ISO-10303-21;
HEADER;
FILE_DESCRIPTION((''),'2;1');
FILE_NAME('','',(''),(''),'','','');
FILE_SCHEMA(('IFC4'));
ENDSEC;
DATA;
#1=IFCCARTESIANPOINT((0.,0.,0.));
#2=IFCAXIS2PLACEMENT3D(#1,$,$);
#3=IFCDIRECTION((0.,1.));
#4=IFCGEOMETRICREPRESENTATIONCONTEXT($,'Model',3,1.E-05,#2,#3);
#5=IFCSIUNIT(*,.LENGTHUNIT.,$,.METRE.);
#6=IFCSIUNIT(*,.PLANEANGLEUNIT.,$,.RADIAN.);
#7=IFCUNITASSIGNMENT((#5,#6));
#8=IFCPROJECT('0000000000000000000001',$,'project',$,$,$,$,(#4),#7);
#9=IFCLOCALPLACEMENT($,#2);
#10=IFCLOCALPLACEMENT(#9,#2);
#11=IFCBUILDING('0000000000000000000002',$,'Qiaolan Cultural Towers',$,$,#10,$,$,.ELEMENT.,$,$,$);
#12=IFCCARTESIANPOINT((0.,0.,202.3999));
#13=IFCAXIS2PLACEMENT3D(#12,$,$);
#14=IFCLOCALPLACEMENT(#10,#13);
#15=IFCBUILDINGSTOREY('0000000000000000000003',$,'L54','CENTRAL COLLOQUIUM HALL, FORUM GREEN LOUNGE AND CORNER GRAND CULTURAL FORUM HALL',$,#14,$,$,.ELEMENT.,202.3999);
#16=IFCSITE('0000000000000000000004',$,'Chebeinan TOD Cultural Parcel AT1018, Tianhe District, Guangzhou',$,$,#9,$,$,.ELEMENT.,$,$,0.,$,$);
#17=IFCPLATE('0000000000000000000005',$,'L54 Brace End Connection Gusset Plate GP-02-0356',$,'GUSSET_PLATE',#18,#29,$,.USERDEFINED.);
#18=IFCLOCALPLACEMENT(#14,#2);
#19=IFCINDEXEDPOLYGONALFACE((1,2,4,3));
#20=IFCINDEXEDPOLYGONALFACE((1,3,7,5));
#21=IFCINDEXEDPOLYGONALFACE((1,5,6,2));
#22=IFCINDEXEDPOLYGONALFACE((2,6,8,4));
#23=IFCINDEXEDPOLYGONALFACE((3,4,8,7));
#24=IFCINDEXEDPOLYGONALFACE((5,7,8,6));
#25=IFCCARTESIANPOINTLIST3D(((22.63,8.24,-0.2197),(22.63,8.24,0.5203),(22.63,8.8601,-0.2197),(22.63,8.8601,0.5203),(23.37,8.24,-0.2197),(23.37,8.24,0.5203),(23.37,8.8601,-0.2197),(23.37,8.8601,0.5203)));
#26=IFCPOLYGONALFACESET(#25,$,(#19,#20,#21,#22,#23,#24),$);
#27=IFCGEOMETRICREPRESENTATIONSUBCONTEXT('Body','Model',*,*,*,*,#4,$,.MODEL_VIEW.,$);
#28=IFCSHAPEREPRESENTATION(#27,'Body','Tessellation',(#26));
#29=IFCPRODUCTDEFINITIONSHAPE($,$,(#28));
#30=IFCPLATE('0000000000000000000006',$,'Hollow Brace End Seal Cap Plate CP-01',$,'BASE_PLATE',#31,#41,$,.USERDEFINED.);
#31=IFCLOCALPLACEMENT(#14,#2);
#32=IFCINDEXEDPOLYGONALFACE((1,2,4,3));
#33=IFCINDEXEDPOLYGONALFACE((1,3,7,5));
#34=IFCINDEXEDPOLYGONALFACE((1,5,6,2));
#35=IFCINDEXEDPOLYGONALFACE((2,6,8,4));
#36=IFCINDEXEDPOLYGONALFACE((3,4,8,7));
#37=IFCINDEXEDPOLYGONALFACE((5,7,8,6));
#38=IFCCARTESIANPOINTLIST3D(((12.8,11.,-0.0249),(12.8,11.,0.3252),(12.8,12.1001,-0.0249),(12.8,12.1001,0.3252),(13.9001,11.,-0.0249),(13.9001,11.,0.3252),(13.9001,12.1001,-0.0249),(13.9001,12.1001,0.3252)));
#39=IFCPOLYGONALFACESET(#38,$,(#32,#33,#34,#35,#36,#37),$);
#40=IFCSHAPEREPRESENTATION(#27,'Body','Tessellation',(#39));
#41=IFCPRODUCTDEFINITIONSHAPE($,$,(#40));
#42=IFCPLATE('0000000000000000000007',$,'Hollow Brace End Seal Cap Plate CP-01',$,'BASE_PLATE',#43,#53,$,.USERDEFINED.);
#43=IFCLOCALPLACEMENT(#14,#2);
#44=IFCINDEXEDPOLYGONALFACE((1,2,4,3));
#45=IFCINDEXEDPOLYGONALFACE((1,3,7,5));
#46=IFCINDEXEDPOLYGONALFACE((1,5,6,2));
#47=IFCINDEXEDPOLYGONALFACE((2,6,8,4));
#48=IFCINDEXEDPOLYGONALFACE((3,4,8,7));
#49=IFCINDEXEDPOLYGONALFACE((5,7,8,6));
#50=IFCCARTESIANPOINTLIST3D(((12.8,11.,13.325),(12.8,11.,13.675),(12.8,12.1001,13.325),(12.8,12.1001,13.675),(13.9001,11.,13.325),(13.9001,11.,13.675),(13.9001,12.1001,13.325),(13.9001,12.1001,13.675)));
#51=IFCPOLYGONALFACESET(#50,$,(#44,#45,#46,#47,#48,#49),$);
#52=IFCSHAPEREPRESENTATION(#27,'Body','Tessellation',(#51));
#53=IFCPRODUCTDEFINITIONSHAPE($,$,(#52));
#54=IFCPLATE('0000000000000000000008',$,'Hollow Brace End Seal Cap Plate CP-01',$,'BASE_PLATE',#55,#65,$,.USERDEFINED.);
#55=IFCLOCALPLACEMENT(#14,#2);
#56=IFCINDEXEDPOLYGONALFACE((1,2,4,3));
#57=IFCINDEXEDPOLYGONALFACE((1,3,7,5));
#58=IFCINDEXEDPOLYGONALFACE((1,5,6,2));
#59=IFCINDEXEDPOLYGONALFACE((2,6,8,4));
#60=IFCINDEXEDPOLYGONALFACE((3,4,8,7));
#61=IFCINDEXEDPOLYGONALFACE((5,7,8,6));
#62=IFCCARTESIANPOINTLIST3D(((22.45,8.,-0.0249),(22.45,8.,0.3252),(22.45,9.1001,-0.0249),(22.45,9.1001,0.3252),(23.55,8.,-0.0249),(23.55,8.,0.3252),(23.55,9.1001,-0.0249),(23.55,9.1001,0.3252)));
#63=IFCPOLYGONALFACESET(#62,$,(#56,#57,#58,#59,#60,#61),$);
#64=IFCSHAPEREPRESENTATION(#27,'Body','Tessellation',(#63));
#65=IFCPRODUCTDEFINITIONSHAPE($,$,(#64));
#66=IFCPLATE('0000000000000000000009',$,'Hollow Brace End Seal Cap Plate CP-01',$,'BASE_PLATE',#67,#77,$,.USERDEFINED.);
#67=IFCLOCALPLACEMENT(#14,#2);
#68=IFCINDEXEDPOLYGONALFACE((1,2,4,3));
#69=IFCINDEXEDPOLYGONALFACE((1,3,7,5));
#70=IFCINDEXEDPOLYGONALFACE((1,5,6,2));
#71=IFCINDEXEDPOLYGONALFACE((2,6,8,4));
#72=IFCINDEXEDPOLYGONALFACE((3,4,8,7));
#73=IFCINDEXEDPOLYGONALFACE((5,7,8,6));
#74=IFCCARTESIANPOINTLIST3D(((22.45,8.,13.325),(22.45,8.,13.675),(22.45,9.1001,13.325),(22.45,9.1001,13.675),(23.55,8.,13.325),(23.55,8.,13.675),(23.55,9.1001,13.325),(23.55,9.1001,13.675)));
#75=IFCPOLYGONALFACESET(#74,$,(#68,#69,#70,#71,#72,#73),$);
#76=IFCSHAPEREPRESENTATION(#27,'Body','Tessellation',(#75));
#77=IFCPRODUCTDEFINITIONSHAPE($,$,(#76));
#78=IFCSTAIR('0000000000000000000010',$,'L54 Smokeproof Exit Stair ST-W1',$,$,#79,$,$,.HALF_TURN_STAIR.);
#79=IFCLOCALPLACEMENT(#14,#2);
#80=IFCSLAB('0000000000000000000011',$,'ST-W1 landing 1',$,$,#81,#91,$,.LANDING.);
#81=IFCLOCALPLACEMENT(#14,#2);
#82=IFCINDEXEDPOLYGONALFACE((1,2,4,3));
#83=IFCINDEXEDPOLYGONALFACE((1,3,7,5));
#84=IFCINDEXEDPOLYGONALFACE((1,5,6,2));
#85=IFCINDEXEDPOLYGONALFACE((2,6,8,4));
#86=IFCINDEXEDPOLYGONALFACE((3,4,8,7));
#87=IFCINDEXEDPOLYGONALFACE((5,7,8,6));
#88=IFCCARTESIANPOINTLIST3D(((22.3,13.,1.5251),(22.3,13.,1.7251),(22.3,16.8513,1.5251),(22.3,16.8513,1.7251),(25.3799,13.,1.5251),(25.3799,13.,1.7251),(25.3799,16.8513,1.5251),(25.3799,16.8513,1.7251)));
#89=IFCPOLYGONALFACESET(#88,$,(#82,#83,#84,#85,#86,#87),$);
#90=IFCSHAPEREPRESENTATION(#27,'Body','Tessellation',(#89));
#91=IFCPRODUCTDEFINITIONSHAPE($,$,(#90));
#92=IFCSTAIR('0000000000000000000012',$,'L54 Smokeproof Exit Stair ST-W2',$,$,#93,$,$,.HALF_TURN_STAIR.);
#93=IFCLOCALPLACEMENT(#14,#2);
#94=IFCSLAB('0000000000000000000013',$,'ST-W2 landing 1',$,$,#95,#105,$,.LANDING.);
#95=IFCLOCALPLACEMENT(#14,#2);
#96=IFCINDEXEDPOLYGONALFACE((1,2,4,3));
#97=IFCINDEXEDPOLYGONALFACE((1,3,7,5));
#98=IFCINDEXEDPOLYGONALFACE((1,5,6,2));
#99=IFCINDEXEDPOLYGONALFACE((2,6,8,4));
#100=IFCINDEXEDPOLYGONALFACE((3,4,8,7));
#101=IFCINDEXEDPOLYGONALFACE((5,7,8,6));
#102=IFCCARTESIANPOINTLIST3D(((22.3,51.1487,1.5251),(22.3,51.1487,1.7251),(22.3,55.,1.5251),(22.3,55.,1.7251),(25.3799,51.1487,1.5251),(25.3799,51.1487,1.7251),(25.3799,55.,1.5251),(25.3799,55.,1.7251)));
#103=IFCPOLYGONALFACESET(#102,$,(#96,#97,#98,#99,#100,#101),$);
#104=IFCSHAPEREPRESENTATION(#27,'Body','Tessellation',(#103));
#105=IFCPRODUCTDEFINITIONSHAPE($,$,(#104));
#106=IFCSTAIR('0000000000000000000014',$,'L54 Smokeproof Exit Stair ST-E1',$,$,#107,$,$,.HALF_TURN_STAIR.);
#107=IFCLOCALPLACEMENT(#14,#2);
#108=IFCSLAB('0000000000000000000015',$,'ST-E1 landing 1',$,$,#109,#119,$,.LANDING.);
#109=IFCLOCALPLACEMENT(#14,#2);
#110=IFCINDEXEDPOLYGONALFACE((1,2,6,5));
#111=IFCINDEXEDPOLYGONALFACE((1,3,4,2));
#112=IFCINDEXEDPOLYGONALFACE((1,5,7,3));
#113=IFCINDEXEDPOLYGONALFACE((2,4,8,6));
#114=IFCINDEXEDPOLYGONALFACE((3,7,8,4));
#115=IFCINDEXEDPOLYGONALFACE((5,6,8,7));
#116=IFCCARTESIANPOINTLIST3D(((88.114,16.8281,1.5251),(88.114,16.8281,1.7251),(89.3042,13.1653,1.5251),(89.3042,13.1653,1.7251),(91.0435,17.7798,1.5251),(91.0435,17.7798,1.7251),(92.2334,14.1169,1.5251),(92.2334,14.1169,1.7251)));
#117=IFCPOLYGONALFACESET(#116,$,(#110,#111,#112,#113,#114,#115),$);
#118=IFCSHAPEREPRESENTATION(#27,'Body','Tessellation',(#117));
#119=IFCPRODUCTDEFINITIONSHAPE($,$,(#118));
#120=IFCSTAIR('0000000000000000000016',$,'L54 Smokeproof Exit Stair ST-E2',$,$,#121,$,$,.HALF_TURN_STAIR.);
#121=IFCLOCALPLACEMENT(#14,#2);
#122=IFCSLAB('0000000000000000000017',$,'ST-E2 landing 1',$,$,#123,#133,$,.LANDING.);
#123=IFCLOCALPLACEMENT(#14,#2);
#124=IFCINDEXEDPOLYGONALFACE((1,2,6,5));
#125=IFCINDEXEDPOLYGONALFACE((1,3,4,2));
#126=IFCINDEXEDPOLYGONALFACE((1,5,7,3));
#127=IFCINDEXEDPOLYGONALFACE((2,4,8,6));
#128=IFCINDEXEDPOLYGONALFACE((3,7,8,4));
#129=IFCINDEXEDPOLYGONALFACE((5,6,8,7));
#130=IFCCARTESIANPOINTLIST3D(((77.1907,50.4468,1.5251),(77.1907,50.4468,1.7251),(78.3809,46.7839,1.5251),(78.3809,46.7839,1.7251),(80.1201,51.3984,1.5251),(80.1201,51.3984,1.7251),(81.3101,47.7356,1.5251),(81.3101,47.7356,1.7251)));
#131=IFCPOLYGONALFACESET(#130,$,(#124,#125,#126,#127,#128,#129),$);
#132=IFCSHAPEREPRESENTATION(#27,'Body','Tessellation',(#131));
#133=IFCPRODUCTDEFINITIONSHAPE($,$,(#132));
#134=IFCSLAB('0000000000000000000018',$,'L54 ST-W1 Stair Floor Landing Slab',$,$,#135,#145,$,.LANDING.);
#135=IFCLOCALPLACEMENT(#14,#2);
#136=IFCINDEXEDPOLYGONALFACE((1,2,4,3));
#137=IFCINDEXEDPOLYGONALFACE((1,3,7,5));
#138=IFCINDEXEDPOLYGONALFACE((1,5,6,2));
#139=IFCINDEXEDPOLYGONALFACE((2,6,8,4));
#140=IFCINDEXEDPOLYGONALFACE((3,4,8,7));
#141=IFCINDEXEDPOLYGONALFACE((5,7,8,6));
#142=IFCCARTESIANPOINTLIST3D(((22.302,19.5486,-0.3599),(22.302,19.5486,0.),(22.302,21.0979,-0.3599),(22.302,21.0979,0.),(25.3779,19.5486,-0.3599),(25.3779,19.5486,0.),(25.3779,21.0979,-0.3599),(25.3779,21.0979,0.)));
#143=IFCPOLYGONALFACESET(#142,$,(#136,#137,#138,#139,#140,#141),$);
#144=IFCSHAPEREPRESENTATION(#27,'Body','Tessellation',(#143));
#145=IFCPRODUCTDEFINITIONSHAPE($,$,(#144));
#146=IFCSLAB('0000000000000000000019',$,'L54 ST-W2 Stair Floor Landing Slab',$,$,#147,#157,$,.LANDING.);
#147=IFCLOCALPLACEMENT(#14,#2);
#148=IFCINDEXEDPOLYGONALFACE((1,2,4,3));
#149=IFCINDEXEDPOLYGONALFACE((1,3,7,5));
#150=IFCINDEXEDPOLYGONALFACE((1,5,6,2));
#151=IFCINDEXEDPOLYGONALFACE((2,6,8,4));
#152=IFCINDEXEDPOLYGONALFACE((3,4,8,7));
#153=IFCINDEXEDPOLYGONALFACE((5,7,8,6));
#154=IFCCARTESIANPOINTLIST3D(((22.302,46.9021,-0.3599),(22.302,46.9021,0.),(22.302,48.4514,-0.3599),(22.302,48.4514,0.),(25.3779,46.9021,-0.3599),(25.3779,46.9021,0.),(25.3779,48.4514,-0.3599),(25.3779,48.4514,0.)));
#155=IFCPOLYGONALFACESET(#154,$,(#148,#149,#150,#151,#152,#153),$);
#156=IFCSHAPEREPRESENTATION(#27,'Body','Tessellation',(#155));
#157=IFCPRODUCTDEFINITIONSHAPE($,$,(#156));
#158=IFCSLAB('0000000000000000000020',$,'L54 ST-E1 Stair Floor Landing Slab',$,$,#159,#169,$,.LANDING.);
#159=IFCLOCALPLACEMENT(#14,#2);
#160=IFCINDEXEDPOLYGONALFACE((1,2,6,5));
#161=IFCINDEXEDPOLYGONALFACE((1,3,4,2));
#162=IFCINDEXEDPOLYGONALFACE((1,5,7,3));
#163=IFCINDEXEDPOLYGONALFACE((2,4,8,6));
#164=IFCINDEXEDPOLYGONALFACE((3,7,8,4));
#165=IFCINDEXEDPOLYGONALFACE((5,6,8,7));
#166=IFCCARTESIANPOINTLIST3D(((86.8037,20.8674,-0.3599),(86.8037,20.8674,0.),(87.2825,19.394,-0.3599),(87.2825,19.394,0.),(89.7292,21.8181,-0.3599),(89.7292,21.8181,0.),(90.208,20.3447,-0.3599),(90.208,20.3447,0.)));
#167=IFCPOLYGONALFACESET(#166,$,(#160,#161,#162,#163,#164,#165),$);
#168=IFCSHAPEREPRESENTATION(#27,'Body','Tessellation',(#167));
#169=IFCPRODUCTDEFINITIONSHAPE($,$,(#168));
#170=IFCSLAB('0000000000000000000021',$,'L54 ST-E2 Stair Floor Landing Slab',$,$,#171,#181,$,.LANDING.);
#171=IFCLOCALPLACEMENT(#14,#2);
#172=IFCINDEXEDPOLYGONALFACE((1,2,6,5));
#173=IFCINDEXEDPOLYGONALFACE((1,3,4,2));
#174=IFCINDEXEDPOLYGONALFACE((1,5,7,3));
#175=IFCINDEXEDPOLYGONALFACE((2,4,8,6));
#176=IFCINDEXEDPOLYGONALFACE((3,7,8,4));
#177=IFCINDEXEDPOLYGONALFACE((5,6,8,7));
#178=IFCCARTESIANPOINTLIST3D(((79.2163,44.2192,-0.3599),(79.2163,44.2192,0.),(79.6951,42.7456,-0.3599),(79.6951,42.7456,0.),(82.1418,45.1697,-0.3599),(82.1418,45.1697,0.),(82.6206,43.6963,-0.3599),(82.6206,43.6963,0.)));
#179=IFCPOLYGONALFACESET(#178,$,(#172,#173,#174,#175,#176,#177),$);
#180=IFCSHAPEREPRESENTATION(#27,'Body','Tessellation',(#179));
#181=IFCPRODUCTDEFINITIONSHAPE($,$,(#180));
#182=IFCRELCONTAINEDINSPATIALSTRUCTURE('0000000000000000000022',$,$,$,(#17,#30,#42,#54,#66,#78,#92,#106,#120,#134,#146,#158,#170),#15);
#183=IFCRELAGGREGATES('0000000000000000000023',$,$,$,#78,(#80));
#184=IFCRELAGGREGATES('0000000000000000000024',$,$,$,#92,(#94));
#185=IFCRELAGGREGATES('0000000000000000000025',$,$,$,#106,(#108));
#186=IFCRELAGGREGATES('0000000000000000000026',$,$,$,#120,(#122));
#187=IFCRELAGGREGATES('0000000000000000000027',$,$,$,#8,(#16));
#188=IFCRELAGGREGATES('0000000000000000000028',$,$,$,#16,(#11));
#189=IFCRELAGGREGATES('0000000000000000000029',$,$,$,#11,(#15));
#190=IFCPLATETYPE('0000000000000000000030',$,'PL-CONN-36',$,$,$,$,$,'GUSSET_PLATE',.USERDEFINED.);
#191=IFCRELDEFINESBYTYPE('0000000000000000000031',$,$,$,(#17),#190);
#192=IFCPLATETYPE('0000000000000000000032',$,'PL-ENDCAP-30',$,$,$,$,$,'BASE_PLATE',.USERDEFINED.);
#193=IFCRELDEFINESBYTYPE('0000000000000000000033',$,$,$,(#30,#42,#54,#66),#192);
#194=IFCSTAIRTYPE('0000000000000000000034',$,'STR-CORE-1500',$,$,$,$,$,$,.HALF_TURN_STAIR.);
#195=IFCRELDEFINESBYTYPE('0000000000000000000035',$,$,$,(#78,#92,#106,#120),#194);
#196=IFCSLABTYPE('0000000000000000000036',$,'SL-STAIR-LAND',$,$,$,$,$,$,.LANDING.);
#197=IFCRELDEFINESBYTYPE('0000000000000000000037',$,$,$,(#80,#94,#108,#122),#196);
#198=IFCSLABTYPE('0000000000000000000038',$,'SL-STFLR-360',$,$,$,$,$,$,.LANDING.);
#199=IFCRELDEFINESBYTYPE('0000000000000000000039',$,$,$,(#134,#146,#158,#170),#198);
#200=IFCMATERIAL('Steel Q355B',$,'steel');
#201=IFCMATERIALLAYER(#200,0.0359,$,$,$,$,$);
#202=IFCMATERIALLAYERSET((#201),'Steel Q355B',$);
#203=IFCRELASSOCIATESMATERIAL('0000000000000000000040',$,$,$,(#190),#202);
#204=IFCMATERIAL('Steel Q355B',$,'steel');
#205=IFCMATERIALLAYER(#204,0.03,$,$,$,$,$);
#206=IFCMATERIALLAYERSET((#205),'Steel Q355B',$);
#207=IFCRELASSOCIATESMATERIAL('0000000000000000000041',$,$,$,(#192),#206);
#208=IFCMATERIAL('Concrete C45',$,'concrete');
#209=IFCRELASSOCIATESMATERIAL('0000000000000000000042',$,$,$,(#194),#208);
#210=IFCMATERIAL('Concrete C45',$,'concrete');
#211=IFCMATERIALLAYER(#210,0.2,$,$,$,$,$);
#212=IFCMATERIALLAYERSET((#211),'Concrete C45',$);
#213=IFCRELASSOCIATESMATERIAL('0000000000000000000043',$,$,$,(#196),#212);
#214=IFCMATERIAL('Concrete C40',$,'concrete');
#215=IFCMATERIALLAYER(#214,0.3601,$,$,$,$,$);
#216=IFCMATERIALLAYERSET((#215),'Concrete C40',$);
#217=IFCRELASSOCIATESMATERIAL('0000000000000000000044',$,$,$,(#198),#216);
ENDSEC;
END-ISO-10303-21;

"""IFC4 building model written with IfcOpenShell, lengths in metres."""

from ifc_helpers import new_model, si_unit, direction, frame, origin, origin_2d, place, context, subcontext, project, spatial, polyline, rectangle, outline, extrude, material, layer, layer_set, type_object, element, aggregate, save


model = new_model("IFC4")

# Units and contexts
model_context = context("Model", 3, precision=1e-05, world=origin(), true_north=direction((0.0, 1.0)))
body_context = subcontext(model_context, "Body", "Model", "MODEL_VIEW")
ifc_project = project(units=[si_unit("LENGTHUNIT", "METRE"), si_unit("PLANEANGLEUNIT", "RADIAN")], contexts=[model_context])

# Site, building, storey
site_placement = place(None, origin())
site = spatial("IfcSite", under=ifc_project, at=site_placement, Name="Chebeinan TOD Cultural Parcel AT1018, Tianhe District, Guangzhou", CompositionType="ELEMENT", RefElevation=0.0)
building_placement = place(site_placement, origin())
building = spatial("IfcBuilding", under=site, at=building_placement, Name="Qiaolan Cultural Towers", CompositionType="ELEMENT")
storey_placement = place(building_placement, frame((0.0, 0.0, 202.3999)))
storey = spatial("IfcBuildingStorey", under=building, at=storey_placement, Name="L54", Description="CENTRAL COLLOQUIUM HALL, FORUM GREEN LOUNGE AND CORNER GRAND CULTURAL FORUM HALL", CompositionType="ELEMENT", Elevation=202.3999)

# Plates
ifc_material_1 = material(Name="Steel Q355B", Category="steel")
ifc_layer_1 = layer(ifc_material_1, 0.0359)
ifc_layer_set_1 = layer_set([ifc_layer_1], Name="Steel Q355B")
plate_type_1 = type_object("IfcPlateType", Name="PL-CONN-36", ElementType="GUSSET_PLATE", PredefinedType="USERDEFINED", material=ifc_layer_set_1)
plate_placement = place(storey_placement, frame((23.0, 8.55, -0.2197), z_axis=(0.0, 0.0, 1.0), x_axis=(1.0, 0.0, 0.0)))
element("IfcPlate", 1, at=plate_placement, inside=storey, type_object=plate_type_1, Name="L54 Brace End Connection Gusset Plate GP-02-0356", ObjectType="GUSSET_PLATE", PredefinedType="USERDEFINED", context=body_context, shape_type="SweptSolid", body=[
    extrude(rectangle(XDim=0.74, YDim=0.6201, at=origin_2d()), origin(), (0.0, 0.0, 1.0), 0.74),
])
ifc_material_2 = material(Name="Steel Q355B", Category="steel")
ifc_layer_2 = layer(ifc_material_2, 0.03)
ifc_layer_set_2 = layer_set([ifc_layer_2], Name="Steel Q355B")
plate_type_2 = type_object("IfcPlateType", Name="PL-ENDCAP-30", ElementType="BASE_PLATE", PredefinedType="USERDEFINED", material=ifc_layer_set_2)
for number, where, z_axis, x_axis, name in (
    (2, (13.3501, 11.55, -0.0249), (0.0, 0.0, 1.0), (0.0, 1.0, 0.0), "Hollow Brace End Seal Cap Plate CP-01"),
    (3, (13.3501, 11.55, 13.325), (0.0, 0.0, 1.0), (0.0, 1.0, 0.0), "Hollow Brace End Seal Cap Plate CP-01"),
    (4, (23.0, 8.55, -0.0249), (0.0, 0.0, 1.0), (1.0, 0.0, 0.0), "Hollow Brace End Seal Cap Plate CP-01"),
    (5, (23.0, 8.55, 13.325), (0.0, 0.0, 1.0), (1.0, 0.0, 0.0), "Hollow Brace End Seal Cap Plate CP-01"),
):
    element("IfcPlate", number, at=place(storey_placement, frame(where, z_axis=z_axis, x_axis=x_axis)), inside=storey, type_object=plate_type_2, Name=name, ObjectType="BASE_PLATE", PredefinedType="USERDEFINED", context=body_context, shape_type="SweptSolid", body=[
        extrude(rectangle(XDim=1.1001, YDim=1.1001, at=origin_2d()), origin(), (0.0, 0.0, 1.0), 0.3501),
    ])

# Stairs, slabs
ifc_material_3 = material(Name="Concrete C45", Category="concrete")
stair_type = type_object("IfcStairType", Name="STR-CORE-1500", PredefinedType="HALF_TURN_STAIR", material=ifc_material_3)
stair_1_placement = place(storey_placement, origin())
stair_1 = element("IfcStair", 6, at=stair_1_placement, inside=storey, type_object=stair_type, Name="L54 Smokeproof Exit Stair ST-W1", PredefinedType="HALF_TURN_STAIR")
ifc_material_4 = material(Name="Concrete C45", Category="concrete")
ifc_layer_3 = layer(ifc_material_4, 0.2)
ifc_layer_set_3 = layer_set([ifc_layer_3], Name="Concrete C45")
slab_type_1 = type_object("IfcSlabType", Name="SL-STAIR-LAND", PredefinedType="LANDING", material=ifc_layer_set_3)
slab_1_placement = place(storey_placement, frame((0.0, 0.0, 1.5251)))
slab_1 = element("IfcSlab", 7, at=slab_1_placement, type_object=slab_type_1, Name="ST-W1 landing 1", PredefinedType="LANDING", context=body_context, shape_type="SweptSolid", body=[
    extrude(outline(polyline([(22.3, 16.8513), (22.3, 13.0), (25.3799, 13.0), (25.3799, 16.8513), (22.3, 16.8513)])), origin(), (0.0, 0.0, 1.0), 0.2),
])
aggregate(stair_1, [slab_1])
stair_2_placement = place(storey_placement, origin())
stair_2 = element("IfcStair", 8, at=stair_2_placement, inside=storey, type_object=stair_type, Name="L54 Smokeproof Exit Stair ST-W2", PredefinedType="HALF_TURN_STAIR")
slab_2_placement = place(storey_placement, frame((0.0, 0.0, 1.5251)))
slab_2 = element("IfcSlab", 9, at=slab_2_placement, type_object=slab_type_1, Name="ST-W2 landing 1", PredefinedType="LANDING", context=body_context, shape_type="SweptSolid", body=[
    extrude(outline(polyline([(25.3799, 51.1487), (25.3799, 55.0), (22.3, 55.0), (22.3, 51.1487), (25.3799, 51.1487)])), origin(), (0.0, 0.0, 1.0), 0.2),
])
aggregate(stair_2, [slab_2])
stair_3_placement = place(storey_placement, origin())
stair_3 = element("IfcStair", 10, at=stair_3_placement, inside=storey, type_object=stair_type, Name="L54 Smokeproof Exit Stair ST-E1", PredefinedType="HALF_TURN_STAIR")
slab_3_placement = place(storey_placement, frame((0.0, 0.0, 1.5251)))
slab_3 = element("IfcSlab", 11, at=slab_3_placement, type_object=slab_type_1, Name="ST-E1 landing 1", PredefinedType="LANDING", context=body_context, shape_type="SweptSolid", body=[
    extrude(outline(polyline([(88.114, 16.8281), (89.3042, 13.1653), (92.2334, 14.1169), (91.0435, 17.7798), (88.114, 16.8281)])), origin(), (0.0, 0.0, 1.0), 0.2),
])
aggregate(stair_3, [slab_3])
stair_4_placement = place(storey_placement, origin())
stair_4 = element("IfcStair", 12, at=stair_4_placement, inside=storey, type_object=stair_type, Name="L54 Smokeproof Exit Stair ST-E2", PredefinedType="HALF_TURN_STAIR")
slab_4_placement = place(storey_placement, frame((0.0, 0.0, 1.5251)))
slab_4 = element("IfcSlab", 13, at=slab_4_placement, type_object=slab_type_1, Name="ST-E2 landing 1", PredefinedType="LANDING", context=body_context, shape_type="SweptSolid", body=[
    extrude(outline(polyline([(81.3101, 47.7356), (80.1201, 51.3984), (77.1907, 50.4468), (78.3809, 46.7839), (81.3101, 47.7356)])), origin(), (0.0, 0.0, 1.0), 0.2),
])
aggregate(stair_4, [slab_4])

# Slabs
ifc_material_5 = material(Name="Concrete C40", Category="concrete")
ifc_layer_4 = layer(ifc_material_5, 0.3601)
ifc_layer_set_4 = layer_set([ifc_layer_4], Name="Concrete C40")
slab_type_2 = type_object("IfcSlabType", Name="SL-STFLR-360", PredefinedType="LANDING", material=ifc_layer_set_4)
slab_5_placement = place(storey_placement, frame((0.0, 0.0, -0.3599)))
element("IfcSlab", 14, at=slab_5_placement, inside=storey, type_object=slab_type_2, Name="L54 ST-W1 Stair Floor Landing Slab", PredefinedType="LANDING", context=body_context, shape_type="SweptSolid", body=[
    extrude(outline(polyline([(22.302, 21.0979), (22.302, 19.5486), (25.3779, 19.5486), (25.3779, 21.0979), (22.302, 21.0979)])), origin(), (0.0, 0.0, 1.0), 0.3599),
])
slab_6_placement = place(storey_placement, frame((0.0, 0.0, -0.3599)))
element("IfcSlab", 15, at=slab_6_placement, inside=storey, type_object=slab_type_2, Name="L54 ST-W2 Stair Floor Landing Slab", PredefinedType="LANDING", context=body_context, shape_type="SweptSolid", body=[
    extrude(outline(polyline([(25.3779, 46.9021), (25.3779, 48.4514), (22.302, 48.4514), (22.302, 46.9021), (25.3779, 46.9021)])), origin(), (0.0, 0.0, 1.0), 0.3599),
])
slab_7_placement = place(storey_placement, frame((0.0, 0.0, -0.3599)))
element("IfcSlab", 16, at=slab_7_placement, inside=storey, type_object=slab_type_2, Name="L54 ST-E1 Stair Floor Landing Slab", PredefinedType="LANDING", context=body_context, shape_type="SweptSolid", body=[
    extrude(outline(polyline([(86.8037, 20.8674), (87.2825, 19.394), (90.208, 20.3447), (89.7292, 21.8181), (86.8037, 20.8674)])), origin(), (0.0, 0.0, 1.0), 0.3599),
])
slab_8_placement = place(storey_placement, frame((0.0, 0.0, -0.3599)))
element("IfcSlab", 17, at=slab_8_placement, inside=storey, type_object=slab_type_2, Name="L54 ST-E2 Stair Floor Landing Slab", PredefinedType="LANDING", context=body_context, shape_type="SweptSolid", body=[
    extrude(outline(polyline([(82.6206, 43.6963), (82.1418, 45.1697), (79.2163, 44.2192), (79.6951, 42.7456), (82.6206, 43.6963)])), origin(), (0.0, 0.0, 1.0), 0.3599),
])

save(model, "model.ifc")
